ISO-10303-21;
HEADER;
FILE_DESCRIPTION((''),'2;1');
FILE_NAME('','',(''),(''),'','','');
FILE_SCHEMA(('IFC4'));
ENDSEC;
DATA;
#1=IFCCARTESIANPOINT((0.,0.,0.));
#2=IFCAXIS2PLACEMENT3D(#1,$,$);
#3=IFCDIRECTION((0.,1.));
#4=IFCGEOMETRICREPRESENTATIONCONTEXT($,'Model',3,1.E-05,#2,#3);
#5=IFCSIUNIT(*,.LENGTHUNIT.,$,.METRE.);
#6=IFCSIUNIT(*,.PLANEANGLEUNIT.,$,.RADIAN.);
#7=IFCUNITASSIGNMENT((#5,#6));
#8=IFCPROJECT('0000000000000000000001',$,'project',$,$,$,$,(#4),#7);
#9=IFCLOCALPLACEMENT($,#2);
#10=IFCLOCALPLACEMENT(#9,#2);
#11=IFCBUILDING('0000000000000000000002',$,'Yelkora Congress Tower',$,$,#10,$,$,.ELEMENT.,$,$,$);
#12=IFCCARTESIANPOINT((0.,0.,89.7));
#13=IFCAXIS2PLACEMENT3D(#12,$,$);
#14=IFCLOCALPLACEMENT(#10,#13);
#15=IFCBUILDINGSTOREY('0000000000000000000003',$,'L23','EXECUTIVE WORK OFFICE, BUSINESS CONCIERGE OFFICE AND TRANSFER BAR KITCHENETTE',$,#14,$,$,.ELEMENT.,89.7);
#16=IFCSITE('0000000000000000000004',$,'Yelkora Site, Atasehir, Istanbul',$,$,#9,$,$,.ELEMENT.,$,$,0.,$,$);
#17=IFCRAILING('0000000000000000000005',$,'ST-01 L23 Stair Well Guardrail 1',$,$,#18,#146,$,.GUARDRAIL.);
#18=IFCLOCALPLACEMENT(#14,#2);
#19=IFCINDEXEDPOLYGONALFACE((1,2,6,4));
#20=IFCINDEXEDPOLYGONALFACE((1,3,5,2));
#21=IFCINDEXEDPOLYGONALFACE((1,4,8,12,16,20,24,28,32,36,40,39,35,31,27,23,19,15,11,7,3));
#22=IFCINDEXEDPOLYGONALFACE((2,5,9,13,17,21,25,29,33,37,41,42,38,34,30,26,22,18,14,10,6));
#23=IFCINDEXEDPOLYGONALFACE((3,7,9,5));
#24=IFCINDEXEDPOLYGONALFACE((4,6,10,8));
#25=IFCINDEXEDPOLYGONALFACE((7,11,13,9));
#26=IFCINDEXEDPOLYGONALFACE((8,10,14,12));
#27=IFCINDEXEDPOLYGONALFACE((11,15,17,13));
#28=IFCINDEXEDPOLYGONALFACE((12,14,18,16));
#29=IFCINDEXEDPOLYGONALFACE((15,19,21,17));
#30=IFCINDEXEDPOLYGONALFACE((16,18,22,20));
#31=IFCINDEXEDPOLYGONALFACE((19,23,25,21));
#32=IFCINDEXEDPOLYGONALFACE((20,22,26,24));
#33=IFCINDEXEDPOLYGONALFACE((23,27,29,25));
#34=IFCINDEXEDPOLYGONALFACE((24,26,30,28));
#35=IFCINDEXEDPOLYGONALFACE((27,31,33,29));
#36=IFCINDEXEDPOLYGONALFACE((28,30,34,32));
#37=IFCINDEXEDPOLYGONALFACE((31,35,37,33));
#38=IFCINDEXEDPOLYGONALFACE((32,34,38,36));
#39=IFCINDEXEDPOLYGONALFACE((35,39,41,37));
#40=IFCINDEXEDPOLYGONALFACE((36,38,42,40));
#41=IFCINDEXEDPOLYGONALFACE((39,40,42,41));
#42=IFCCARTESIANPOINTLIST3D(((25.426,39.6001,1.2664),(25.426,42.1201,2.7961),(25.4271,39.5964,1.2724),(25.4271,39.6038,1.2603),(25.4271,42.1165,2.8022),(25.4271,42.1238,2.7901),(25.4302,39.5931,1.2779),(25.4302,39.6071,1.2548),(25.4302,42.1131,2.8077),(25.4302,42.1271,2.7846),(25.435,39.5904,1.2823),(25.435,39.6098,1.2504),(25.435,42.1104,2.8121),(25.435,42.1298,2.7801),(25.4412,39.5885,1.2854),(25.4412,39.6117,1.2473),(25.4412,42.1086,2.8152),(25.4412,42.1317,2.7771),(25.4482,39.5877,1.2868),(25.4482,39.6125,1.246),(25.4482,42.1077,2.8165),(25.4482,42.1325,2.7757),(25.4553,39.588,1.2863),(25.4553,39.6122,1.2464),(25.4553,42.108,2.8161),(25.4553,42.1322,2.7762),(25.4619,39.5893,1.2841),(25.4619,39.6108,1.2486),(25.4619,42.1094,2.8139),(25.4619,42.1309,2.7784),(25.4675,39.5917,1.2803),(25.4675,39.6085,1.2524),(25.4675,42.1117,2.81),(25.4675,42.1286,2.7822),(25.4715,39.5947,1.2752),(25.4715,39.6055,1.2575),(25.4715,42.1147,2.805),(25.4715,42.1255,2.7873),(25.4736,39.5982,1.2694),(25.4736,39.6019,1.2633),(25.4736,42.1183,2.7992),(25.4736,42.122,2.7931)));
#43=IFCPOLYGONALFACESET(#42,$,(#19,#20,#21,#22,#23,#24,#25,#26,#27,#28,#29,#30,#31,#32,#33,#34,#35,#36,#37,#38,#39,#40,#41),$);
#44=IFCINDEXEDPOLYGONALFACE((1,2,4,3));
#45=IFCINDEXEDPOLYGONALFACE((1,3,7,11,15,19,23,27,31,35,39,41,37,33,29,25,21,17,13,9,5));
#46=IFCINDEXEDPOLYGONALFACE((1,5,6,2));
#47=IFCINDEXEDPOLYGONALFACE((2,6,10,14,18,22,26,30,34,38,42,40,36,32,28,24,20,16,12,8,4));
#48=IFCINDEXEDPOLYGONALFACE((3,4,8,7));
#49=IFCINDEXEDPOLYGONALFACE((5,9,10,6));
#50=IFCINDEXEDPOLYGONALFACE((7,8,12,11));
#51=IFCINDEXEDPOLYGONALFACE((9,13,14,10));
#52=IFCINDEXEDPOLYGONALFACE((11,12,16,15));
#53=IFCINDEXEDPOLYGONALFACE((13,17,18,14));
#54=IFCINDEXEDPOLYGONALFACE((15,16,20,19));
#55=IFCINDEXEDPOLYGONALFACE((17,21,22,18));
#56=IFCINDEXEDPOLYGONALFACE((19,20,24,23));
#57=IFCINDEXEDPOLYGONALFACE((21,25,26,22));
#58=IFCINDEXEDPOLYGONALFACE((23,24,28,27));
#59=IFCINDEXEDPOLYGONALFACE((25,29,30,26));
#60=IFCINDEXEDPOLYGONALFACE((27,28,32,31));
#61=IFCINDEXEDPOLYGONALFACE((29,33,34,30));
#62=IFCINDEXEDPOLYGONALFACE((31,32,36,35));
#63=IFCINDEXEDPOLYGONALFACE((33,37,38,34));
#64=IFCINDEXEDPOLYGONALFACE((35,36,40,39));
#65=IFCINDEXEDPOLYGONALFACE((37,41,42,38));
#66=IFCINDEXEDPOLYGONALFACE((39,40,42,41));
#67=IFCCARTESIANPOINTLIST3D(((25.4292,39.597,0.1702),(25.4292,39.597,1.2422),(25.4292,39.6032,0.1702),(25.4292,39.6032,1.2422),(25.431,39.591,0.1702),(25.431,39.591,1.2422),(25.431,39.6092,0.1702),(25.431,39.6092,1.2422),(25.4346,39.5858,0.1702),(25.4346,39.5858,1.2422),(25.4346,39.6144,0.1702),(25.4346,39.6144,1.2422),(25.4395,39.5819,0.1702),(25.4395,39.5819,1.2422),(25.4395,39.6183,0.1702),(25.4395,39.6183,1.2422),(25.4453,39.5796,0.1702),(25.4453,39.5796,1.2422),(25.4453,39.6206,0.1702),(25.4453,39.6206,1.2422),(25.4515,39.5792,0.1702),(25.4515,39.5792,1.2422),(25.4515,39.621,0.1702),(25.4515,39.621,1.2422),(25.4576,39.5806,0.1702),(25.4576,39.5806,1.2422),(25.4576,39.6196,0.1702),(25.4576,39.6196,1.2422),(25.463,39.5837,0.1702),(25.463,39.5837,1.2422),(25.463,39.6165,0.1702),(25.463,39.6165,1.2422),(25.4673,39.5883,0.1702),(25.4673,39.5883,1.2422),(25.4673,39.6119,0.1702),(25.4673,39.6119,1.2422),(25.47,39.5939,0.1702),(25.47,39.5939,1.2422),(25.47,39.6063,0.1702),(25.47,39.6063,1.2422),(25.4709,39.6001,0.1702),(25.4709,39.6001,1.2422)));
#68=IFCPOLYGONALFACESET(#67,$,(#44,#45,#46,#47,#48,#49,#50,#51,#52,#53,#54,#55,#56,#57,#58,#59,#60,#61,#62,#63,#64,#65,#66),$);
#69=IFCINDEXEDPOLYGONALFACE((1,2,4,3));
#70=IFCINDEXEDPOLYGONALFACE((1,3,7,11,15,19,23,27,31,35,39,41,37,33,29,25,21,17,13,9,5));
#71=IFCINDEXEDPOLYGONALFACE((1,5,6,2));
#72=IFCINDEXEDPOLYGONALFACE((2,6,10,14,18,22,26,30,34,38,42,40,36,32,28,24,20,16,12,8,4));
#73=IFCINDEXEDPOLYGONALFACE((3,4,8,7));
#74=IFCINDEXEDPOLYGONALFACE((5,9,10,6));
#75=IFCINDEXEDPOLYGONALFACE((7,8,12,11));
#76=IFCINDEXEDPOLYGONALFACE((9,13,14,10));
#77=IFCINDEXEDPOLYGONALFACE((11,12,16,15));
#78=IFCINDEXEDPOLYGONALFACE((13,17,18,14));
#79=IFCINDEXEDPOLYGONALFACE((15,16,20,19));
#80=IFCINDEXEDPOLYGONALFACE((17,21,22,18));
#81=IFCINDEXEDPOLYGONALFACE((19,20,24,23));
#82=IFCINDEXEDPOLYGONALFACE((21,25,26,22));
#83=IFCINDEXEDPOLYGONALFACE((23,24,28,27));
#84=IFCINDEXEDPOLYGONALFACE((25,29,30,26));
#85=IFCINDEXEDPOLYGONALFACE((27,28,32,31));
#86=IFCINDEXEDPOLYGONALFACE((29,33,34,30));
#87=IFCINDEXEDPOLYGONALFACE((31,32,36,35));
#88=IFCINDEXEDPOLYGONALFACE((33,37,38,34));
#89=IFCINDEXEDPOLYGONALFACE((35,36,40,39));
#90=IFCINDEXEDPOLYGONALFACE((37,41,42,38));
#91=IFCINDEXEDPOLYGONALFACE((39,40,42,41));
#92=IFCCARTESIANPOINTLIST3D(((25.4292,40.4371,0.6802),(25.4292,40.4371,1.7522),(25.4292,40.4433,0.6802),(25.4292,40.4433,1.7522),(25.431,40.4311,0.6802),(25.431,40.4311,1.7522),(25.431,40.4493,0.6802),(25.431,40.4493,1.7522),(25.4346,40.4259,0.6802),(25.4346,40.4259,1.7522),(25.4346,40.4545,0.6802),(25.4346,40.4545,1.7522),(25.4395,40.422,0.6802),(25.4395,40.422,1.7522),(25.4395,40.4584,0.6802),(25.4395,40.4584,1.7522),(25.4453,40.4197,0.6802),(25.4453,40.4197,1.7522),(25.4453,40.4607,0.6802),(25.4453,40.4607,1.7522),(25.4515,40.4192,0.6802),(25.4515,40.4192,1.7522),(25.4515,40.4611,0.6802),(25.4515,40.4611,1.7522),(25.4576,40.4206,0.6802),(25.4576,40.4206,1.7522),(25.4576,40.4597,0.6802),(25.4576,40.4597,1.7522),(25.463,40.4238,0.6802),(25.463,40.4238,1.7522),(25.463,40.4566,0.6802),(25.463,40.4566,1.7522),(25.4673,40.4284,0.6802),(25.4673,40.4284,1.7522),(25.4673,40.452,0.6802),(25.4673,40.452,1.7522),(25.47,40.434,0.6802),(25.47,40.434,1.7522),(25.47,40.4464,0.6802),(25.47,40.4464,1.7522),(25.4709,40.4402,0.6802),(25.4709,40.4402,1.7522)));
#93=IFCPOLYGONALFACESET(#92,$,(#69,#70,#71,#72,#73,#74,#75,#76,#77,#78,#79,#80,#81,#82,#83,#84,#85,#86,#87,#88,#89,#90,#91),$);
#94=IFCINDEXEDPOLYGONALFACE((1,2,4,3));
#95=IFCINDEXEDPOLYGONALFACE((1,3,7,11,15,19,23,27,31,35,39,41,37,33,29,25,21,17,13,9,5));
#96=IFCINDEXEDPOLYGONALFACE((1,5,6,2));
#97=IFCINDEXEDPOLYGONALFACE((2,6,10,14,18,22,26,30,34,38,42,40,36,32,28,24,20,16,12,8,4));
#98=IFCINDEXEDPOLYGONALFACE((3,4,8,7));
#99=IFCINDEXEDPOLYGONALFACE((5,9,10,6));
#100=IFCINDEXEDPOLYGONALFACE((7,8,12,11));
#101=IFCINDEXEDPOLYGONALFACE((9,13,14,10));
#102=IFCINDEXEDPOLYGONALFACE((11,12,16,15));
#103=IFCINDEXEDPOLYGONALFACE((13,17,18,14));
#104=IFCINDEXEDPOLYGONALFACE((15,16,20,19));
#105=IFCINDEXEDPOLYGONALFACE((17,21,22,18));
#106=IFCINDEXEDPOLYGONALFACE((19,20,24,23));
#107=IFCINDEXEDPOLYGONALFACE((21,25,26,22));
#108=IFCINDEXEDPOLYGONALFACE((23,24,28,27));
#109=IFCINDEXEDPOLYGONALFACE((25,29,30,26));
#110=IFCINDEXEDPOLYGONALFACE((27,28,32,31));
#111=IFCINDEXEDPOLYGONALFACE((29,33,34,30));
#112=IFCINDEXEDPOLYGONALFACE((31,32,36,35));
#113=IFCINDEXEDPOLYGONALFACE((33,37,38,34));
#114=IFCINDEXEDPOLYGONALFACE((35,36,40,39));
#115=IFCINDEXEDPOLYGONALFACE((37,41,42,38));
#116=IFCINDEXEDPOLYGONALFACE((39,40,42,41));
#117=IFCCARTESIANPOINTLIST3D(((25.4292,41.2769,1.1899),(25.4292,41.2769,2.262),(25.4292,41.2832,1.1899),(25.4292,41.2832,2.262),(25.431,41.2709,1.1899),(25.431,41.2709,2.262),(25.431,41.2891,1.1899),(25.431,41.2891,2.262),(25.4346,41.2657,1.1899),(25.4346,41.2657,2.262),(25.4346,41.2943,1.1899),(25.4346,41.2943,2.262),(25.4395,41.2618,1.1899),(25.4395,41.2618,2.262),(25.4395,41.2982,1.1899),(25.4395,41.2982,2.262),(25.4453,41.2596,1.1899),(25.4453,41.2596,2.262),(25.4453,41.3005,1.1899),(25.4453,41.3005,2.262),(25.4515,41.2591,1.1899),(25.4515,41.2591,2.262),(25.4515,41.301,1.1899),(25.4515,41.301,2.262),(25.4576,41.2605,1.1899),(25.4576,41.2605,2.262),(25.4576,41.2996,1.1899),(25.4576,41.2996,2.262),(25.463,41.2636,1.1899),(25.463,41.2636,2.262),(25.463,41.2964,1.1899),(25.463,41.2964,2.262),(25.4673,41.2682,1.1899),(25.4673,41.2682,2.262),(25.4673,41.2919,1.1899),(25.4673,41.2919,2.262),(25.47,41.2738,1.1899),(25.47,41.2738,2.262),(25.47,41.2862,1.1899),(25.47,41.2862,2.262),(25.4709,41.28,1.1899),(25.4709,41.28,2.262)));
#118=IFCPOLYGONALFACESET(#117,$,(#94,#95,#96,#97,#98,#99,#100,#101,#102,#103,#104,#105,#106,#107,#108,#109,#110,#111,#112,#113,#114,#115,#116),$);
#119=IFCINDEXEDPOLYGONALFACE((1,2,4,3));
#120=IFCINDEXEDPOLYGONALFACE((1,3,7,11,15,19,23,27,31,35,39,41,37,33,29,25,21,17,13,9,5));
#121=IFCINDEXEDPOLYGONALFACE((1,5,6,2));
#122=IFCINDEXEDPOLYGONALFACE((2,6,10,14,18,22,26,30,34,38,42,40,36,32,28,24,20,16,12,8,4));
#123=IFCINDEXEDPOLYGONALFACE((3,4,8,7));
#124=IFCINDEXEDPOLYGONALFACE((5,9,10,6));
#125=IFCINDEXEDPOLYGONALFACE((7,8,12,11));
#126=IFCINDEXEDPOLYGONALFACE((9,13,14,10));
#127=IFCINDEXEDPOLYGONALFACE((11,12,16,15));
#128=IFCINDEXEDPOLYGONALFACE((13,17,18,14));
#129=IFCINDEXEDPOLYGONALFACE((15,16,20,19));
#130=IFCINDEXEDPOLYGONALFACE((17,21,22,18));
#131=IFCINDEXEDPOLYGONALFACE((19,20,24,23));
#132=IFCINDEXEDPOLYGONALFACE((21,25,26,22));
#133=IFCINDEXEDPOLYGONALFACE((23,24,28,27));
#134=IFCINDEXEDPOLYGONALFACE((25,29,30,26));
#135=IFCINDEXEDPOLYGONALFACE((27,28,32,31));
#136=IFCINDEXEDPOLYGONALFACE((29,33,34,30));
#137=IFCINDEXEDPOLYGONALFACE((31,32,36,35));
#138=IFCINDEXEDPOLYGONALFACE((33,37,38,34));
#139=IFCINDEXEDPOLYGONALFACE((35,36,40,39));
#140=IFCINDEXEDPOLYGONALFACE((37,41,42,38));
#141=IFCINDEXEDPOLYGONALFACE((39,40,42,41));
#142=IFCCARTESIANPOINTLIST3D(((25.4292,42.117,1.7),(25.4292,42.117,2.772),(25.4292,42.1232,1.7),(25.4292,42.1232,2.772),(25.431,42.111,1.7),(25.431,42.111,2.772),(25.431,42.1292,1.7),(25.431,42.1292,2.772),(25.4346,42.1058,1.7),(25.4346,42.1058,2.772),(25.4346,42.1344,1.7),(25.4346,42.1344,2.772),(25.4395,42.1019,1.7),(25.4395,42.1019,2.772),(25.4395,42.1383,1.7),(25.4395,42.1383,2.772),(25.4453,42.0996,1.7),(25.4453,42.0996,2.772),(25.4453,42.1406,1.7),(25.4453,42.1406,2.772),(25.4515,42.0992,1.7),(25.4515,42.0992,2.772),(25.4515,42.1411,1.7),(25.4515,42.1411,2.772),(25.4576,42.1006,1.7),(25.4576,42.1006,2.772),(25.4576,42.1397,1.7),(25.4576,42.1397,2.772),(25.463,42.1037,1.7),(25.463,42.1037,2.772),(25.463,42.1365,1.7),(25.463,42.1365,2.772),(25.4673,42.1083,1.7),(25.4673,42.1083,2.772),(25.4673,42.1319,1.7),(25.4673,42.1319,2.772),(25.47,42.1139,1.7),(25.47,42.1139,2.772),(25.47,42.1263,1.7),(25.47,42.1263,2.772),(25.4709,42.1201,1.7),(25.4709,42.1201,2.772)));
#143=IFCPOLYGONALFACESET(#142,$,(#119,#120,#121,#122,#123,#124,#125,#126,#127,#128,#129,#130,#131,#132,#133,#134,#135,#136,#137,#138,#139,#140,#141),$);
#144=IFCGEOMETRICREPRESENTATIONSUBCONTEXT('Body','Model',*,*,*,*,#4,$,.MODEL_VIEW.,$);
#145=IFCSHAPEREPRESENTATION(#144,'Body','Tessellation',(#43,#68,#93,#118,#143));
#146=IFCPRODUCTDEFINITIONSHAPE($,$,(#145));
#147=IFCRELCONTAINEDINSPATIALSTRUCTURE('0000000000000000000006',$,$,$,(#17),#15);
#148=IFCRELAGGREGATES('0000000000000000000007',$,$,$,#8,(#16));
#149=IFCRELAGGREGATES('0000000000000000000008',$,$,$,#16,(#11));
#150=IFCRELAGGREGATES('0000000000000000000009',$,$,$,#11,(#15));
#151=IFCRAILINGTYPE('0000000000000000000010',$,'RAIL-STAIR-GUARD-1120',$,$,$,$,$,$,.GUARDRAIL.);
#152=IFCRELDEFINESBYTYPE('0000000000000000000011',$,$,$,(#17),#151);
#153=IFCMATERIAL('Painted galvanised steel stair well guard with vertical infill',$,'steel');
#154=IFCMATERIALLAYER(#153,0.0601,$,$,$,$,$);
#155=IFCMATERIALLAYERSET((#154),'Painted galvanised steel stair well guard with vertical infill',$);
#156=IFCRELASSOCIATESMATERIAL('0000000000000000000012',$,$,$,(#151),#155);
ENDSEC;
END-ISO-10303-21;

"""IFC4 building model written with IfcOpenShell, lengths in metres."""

from ifc_helpers import new_model, si_unit, direction, frame, origin, origin_2d, place, context, subcontext, project, spatial, circle, extrude, material, layer, layer_set, type_object, element, save


model = new_model("IFC4")

# Units and contexts
model_context = context("Model", 3, precision=1e-05, world=origin(), true_north=direction((0.0, 1.0)))
body_context = subcontext(model_context, "Body", "Model", "MODEL_VIEW")
ifc_project = project(units=[si_unit("LENGTHUNIT", "METRE"), si_unit("PLANEANGLEUNIT", "RADIAN")], contexts=[model_context])

# Site, building, storey
site_placement = place(None, origin())
site = spatial("IfcSite", under=ifc_project, at=site_placement, Name="Yelkora Site, Atasehir, Istanbul", CompositionType="ELEMENT", RefElevation=0.0)
building_placement = place(site_placement, origin())
building = spatial("IfcBuilding", under=site, at=building_placement, Name="Yelkora Congress Tower", CompositionType="ELEMENT")
storey_placement = place(building_placement, frame((0.0, 0.0, 89.7)))
storey = spatial("IfcBuildingStorey", under=building, at=storey_placement, Name="L23", Description="EXECUTIVE WORK OFFICE, BUSINESS CONCIERGE OFFICE AND TRANSFER BAR KITCHENETTE", CompositionType="ELEMENT", Elevation=89.7)

# Railing
ifc_material_1 = material(Name="Painted galvanised steel stair well guard with vertical infill", Category="steel")
ifc_layer_1 = layer(ifc_material_1, 0.0601)
ifc_layer_set_1 = layer_set([ifc_layer_1], Name="Painted galvanised steel stair well guard with vertical infill")
railing_type_1 = type_object("IfcRailingType", Name="RAIL-STAIR-GUARD-1120", PredefinedType="GUARDRAIL", material=ifc_layer_set_1)
railing_1_placement = place(storey_placement, frame((25.45, 39.6001, 0.1702)))
element("IfcRailing", 1, at=railing_1_placement, inside=storey, type_object=railing_type_1, Name="ST-01 L23 Stair Well Guardrail 1", PredefinedType="GUARDRAIL", context=body_context, shape_type="SweptSolid", body=[
    extrude(circle(Radius=0.0239, at=origin_2d()), frame((0.0, 0.0, 1.0962), z_axis=(0.0, 0.854822, 0.518922), x_axis=(-1.0, 0.0, 0.0)), (0.0, 0.0, 1.0), 2.948),
    extrude(circle(Radius=0.021, at=origin_2d()), origin(), (0.0, 0.0, 1.0), 1.072),
    extrude(circle(Radius=0.021, at=origin_2d()), frame((0.0, 0.8401, 0.51)), (0.0, 0.0, 1.0), 1.072),
    extrude(circle(Radius=0.021, at=origin_2d()), frame((0.0, 1.6799, 1.0198)), (0.0, 0.0, 1.0), 1.072),
    extrude(circle(Radius=0.021, at=origin_2d()), frame((0.0, 2.52, 1.5298)), (0.0, 0.0, 1.0), 1.072),
])

save(model, "model.ifc")
